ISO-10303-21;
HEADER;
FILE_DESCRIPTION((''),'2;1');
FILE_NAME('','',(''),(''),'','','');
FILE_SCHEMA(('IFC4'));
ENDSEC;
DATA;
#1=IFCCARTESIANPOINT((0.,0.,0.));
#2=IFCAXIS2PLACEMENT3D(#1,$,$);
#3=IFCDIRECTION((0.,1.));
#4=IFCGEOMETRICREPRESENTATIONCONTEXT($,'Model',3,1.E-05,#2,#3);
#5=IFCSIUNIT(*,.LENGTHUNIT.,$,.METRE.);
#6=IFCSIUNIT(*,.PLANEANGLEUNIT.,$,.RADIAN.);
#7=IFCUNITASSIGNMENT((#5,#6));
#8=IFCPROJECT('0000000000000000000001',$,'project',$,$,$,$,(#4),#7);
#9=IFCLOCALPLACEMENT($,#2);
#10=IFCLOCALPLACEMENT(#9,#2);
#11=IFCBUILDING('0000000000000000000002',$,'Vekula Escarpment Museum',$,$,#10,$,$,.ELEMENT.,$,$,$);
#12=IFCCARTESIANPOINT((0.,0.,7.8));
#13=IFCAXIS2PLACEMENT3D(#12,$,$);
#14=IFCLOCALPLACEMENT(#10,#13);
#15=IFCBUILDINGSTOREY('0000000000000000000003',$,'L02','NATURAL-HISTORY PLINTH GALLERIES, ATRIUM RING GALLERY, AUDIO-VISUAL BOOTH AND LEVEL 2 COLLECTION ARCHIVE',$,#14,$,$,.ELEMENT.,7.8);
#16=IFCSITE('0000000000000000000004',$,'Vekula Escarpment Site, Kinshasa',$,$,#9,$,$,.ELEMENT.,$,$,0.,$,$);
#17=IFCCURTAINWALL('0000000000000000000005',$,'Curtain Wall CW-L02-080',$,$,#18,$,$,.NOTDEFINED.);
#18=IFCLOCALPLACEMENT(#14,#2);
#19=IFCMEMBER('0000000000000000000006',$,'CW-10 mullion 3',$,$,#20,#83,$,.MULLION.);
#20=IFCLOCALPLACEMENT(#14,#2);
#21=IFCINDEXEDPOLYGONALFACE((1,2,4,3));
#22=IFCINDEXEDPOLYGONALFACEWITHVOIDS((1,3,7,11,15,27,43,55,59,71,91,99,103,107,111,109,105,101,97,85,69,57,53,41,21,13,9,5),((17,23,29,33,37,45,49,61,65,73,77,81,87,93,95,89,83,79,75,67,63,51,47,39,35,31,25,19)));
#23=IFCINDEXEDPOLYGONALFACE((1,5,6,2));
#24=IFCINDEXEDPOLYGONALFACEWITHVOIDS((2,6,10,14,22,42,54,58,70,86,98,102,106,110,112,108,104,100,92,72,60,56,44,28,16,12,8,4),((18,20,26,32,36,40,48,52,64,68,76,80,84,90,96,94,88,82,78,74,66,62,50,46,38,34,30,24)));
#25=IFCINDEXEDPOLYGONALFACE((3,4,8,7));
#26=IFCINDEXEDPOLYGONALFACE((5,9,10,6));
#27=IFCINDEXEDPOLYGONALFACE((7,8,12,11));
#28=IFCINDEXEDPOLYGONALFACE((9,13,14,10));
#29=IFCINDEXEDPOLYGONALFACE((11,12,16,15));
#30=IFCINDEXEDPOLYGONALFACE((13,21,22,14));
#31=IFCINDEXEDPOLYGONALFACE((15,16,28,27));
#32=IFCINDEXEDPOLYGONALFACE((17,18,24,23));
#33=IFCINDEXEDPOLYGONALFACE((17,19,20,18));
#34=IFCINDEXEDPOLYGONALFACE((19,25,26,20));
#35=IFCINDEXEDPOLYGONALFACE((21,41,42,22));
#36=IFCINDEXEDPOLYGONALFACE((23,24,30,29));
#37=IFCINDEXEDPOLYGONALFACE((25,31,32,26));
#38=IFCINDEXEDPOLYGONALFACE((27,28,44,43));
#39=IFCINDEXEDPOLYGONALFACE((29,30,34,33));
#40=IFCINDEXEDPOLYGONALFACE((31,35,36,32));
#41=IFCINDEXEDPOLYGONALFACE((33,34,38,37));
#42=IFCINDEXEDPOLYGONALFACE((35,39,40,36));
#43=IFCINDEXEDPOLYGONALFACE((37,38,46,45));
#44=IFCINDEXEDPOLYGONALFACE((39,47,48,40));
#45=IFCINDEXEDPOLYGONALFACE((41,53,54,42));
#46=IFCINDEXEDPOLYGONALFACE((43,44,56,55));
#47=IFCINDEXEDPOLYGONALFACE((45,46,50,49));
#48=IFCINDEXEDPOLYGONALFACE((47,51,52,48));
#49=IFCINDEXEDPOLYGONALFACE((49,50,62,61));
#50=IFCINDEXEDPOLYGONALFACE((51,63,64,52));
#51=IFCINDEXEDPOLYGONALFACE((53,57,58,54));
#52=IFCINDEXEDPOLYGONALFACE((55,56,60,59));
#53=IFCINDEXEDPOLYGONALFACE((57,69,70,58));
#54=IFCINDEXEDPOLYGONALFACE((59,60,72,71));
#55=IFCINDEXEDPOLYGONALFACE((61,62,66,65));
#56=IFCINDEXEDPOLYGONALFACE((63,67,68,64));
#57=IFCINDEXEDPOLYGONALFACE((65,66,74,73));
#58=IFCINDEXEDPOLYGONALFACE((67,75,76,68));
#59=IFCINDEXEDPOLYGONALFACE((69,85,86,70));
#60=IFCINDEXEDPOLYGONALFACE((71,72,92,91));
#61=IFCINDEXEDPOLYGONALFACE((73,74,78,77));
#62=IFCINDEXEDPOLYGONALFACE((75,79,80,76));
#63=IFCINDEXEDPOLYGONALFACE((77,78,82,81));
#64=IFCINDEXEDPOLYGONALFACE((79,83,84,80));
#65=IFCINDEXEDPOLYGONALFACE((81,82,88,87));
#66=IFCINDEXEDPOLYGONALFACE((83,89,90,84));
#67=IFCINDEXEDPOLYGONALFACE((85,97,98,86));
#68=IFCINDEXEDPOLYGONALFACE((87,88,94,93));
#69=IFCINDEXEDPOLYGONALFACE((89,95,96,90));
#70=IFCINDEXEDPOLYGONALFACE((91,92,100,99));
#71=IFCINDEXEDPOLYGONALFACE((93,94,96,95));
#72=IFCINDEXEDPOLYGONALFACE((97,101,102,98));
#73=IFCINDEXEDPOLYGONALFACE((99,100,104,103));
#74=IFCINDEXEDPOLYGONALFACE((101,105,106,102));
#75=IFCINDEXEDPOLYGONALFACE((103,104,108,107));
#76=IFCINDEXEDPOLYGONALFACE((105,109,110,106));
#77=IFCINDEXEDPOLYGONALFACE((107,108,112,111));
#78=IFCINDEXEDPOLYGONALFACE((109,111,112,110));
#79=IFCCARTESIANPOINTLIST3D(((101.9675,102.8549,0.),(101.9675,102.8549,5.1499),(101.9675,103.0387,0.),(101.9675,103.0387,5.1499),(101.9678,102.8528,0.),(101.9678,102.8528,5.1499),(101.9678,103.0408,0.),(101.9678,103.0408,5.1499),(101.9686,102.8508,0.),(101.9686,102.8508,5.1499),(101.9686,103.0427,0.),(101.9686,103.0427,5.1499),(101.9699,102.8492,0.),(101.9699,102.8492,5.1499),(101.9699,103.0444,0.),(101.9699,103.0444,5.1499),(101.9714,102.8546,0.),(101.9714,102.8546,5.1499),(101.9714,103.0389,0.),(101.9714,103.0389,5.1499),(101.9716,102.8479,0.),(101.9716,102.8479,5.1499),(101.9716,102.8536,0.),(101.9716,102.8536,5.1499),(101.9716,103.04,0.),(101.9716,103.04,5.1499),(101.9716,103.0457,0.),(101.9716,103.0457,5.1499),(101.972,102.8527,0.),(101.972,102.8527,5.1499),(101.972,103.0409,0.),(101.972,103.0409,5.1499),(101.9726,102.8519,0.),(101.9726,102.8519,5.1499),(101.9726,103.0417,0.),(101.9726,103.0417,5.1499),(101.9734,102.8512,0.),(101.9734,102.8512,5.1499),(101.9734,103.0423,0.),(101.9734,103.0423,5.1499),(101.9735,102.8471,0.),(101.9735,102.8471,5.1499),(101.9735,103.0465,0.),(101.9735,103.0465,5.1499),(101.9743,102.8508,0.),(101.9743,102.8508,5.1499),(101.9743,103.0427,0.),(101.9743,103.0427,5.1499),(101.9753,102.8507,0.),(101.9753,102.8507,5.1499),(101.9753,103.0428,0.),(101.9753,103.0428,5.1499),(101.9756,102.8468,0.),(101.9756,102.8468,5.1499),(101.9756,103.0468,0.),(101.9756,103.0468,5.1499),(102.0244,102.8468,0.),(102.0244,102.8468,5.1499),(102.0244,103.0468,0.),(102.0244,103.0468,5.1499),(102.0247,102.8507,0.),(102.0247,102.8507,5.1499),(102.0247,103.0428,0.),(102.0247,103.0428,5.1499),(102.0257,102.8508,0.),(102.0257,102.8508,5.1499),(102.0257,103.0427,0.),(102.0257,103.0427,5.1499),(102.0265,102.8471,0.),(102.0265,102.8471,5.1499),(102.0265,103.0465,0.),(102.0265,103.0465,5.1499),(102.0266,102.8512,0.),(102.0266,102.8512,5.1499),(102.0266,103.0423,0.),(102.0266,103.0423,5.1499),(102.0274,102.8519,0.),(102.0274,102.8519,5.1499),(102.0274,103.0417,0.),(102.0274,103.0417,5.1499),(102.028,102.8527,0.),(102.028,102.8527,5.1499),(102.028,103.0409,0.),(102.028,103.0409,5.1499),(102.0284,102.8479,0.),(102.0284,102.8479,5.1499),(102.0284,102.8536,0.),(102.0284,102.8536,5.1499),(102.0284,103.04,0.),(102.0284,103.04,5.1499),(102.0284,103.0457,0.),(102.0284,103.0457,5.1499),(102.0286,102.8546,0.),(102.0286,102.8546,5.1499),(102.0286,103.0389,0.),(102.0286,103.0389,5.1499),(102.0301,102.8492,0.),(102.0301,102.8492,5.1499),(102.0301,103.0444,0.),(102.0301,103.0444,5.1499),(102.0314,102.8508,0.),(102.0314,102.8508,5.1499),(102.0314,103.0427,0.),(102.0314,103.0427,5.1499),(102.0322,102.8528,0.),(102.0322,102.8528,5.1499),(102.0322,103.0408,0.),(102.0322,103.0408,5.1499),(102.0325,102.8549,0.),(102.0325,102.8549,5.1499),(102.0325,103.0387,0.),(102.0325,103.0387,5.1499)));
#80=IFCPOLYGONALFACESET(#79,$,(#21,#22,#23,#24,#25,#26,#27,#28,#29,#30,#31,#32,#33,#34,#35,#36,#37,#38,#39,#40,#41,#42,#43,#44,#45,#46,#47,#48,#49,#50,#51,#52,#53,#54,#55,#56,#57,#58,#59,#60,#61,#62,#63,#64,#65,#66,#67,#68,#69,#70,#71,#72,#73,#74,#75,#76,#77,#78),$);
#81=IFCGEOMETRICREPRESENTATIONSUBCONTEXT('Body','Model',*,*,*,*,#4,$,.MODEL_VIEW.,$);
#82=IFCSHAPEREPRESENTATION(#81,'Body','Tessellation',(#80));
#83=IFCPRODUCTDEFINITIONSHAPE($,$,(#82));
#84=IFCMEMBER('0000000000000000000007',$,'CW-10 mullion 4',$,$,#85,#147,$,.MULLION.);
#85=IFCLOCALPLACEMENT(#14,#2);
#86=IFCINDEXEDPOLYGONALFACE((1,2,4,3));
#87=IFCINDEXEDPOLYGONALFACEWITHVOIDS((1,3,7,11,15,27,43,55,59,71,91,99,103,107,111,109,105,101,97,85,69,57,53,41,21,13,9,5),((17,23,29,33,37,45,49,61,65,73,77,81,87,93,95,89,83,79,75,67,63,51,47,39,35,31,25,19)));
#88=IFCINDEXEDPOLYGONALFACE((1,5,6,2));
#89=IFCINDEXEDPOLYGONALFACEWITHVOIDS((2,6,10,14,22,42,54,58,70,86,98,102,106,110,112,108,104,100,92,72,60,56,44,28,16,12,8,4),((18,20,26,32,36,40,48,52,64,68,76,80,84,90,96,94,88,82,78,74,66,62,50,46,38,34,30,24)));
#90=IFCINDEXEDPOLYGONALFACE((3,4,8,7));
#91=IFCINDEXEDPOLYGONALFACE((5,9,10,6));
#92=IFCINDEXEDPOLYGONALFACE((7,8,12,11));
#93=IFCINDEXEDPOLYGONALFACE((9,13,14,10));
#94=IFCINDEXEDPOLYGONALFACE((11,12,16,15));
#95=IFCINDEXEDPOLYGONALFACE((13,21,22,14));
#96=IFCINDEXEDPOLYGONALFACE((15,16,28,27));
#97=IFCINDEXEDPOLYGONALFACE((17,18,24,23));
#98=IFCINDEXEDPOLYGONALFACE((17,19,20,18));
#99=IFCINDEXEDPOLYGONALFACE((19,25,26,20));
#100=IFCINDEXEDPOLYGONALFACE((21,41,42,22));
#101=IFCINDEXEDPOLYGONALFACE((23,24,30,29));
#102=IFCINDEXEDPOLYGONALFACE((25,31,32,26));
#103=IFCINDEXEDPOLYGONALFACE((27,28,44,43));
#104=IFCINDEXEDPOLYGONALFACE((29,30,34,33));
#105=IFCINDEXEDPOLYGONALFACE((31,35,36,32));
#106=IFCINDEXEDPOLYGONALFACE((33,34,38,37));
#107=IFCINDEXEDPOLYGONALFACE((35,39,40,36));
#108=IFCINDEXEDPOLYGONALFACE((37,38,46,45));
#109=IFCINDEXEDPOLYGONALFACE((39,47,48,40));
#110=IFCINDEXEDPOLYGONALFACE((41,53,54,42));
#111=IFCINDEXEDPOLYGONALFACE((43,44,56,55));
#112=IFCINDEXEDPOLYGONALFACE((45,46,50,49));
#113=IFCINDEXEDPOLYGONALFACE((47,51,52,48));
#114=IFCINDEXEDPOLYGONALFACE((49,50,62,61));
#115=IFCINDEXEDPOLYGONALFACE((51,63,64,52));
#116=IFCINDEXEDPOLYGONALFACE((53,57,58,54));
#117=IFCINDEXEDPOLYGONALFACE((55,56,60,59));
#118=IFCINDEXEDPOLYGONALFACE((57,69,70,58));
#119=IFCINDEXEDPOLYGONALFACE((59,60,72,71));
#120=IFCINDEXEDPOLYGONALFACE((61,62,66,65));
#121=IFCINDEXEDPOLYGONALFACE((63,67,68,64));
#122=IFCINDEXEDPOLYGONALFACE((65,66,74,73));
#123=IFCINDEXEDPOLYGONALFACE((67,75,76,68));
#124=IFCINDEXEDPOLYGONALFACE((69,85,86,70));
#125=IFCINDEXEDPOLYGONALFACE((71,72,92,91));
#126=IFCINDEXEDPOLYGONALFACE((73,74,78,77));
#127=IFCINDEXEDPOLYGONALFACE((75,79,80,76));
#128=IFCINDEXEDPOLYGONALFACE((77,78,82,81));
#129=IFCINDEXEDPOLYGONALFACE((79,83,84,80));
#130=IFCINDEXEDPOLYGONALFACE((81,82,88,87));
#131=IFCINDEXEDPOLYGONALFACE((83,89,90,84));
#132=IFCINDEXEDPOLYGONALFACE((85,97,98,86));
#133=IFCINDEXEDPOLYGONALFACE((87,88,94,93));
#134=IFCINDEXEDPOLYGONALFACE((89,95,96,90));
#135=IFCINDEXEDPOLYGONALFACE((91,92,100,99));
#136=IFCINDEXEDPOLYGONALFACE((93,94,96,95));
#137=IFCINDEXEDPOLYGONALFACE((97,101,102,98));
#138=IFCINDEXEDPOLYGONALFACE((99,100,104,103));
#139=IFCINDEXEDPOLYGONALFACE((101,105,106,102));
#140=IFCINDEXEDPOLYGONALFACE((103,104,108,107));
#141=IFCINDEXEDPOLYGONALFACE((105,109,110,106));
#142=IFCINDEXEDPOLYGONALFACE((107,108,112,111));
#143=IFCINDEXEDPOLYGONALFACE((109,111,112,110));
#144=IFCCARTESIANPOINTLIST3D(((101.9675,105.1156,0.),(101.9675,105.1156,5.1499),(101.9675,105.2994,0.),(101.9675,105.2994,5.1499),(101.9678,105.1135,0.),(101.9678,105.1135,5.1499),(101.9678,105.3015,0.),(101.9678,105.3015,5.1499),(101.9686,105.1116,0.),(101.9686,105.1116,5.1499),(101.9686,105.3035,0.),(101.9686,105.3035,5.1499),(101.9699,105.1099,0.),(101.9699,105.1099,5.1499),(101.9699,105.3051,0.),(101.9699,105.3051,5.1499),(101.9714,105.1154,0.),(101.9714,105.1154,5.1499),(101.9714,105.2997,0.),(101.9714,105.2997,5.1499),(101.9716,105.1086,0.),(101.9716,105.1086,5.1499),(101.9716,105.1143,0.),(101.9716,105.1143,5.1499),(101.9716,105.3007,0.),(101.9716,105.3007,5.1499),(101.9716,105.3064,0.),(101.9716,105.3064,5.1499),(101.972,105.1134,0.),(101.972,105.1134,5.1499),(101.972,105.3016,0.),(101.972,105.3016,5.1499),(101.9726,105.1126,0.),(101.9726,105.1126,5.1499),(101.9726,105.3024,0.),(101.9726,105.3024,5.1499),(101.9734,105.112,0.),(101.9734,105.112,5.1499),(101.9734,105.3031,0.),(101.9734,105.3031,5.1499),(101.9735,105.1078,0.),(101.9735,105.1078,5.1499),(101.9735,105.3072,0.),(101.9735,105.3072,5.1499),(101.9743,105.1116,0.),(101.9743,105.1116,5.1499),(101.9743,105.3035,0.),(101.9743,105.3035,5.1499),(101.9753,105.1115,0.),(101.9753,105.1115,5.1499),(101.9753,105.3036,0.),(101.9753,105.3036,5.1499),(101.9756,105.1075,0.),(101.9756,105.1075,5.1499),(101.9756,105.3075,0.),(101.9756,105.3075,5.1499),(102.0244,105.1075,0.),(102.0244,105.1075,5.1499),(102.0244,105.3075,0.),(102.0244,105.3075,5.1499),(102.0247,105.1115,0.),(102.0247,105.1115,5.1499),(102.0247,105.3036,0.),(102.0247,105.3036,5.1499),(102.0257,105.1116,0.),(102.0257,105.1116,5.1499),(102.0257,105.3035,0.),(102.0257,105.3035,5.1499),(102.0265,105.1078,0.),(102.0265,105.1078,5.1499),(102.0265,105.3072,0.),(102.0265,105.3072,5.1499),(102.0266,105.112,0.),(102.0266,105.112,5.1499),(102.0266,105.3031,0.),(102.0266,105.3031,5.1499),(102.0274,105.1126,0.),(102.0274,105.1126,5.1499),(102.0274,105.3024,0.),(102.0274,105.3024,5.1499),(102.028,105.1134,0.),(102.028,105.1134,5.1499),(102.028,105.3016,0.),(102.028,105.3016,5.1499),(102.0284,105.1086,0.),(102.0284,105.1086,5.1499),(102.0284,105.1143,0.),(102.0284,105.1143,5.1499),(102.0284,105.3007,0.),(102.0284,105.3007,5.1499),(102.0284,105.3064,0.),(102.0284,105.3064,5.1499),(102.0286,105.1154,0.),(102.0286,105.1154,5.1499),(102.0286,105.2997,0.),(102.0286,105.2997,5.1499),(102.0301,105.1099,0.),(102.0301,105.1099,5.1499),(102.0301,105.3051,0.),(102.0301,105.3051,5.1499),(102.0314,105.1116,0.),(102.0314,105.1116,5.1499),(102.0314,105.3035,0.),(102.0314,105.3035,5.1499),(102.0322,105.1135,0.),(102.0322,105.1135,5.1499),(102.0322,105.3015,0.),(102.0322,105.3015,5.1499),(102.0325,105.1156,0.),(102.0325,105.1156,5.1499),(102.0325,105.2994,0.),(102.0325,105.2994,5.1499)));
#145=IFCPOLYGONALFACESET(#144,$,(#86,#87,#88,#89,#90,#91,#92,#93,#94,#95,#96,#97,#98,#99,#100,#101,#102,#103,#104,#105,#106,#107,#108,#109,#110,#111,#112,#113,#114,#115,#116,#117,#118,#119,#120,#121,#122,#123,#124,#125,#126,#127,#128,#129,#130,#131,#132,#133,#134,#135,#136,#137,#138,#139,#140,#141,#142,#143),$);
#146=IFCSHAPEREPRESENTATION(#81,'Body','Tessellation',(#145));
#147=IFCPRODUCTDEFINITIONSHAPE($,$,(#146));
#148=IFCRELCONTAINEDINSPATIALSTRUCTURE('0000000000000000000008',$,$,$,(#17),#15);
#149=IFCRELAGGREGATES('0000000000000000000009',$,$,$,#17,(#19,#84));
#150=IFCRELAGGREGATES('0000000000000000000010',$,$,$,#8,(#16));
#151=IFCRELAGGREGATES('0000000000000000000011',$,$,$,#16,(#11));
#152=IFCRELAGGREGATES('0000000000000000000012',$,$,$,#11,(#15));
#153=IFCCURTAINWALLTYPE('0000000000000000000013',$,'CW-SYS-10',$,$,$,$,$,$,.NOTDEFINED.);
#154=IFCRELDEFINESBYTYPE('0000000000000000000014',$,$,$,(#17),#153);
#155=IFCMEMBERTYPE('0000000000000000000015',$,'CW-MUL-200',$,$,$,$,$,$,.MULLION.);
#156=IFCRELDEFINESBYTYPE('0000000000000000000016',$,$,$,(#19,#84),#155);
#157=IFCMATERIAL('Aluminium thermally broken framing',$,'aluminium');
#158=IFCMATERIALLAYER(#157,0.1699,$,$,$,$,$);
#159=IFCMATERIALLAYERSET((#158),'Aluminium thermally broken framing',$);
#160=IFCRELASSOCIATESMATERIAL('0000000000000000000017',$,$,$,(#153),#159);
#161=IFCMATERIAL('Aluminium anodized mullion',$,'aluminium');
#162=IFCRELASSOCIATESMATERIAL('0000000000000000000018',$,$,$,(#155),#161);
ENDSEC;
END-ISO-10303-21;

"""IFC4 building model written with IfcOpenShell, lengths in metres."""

from ifc_helpers import new_model, si_unit, direction, frame, origin, origin_2d, place, context, subcontext, project, spatial, hollow_rectangle, extrude, material, layer, layer_set, material_profile, profile_set, type_object, element, aggregate, save


model = new_model("IFC4")

# Units and contexts
model_context = context("Model", 3, precision=1e-05, world=origin(), true_north=direction((0.0, 1.0)))
body_context = subcontext(model_context, "Body", "Model", "MODEL_VIEW")
ifc_project = project(units=[si_unit("LENGTHUNIT", "METRE"), si_unit("PLANEANGLEUNIT", "RADIAN")], contexts=[model_context])

# Site, building, storey
site_placement = place(None, origin())
site = spatial("IfcSite", under=ifc_project, at=site_placement, Name="Vekula Escarpment Site, Kinshasa", CompositionType="ELEMENT", RefElevation=0.0)
building_placement = place(site_placement, origin())
building = spatial("IfcBuilding", under=site, at=building_placement, Name="Vekula Escarpment Museum", CompositionType="ELEMENT")
storey_placement = place(building_placement, frame((0.0, 0.0, 7.8)))
storey = spatial("IfcBuildingStorey", under=building, at=storey_placement, Name="L02", Description="NATURAL-HISTORY PLINTH GALLERIES, ATRIUM RING GALLERY, AUDIO-VISUAL BOOTH AND LEVEL 2 COLLECTION ARCHIVE", CompositionType="ELEMENT", Elevation=7.8)

# Curtain wall, members
ifc_material_1 = material(Name="Aluminium thermally broken framing", Category="aluminium")
ifc_layer_1 = layer(ifc_material_1, 0.1699)
ifc_layer_set_1 = layer_set([ifc_layer_1], Name="Aluminium thermally broken framing")
curtain_wall_type_1 = type_object("IfcCurtainWallType", Name="CW-SYS-10", PredefinedType="NOTDEFINED", material=ifc_layer_set_1)
curtain_wall_1_placement = place(storey_placement, origin())
curtain_wall_1 = element("IfcCurtainWall", 1, at=curtain_wall_1_placement, inside=storey, type_object=curtain_wall_type_1, Name="Curtain Wall CW-L02-080", PredefinedType="NOTDEFINED")
ifc_material_2 = material(Name="Aluminium anodized mullion", Category="aluminium")
ifc_material_profile_1 = material_profile(ifc_material_2, hollow_rectangle(XDim=0.0649, YDim=0.2, WallThickness=0.0039, InnerFilletRadius=0.0039, OuterFilletRadius=0.0081, at=origin_2d()), Name="ALU 200x65x4")
ifc_profile_set_1 = profile_set([ifc_material_profile_1], Name="Aluminium anodized mullion")
member_type_1 = type_object("IfcMemberType", Name="CW-MUL-200", PredefinedType="MULLION", material=ifc_profile_set_1)
member_1_placement = place(storey_placement, frame((102.0, 102.9468, 0.0), z_axis=(0.0, 0.0, 1.0), x_axis=(-1.0, 0.0, 0.0)))
member_1 = element("IfcMember", 2, at=member_1_placement, type_object=member_type_1, Name="CW-10 mullion 3", PredefinedType="MULLION", context=body_context, shape_type="SweptSolid", body=[
    extrude(hollow_rectangle(XDim=0.0649, YDim=0.2, WallThickness=0.0039, InnerFilletRadius=0.0039, OuterFilletRadius=0.0081, at=origin_2d()), origin(), (0.0, 0.0, 1.0), 5.1499),
])
member_2_placement = place(storey_placement, frame((102.0, 105.2075, 0.0), z_axis=(0.0, 0.0, 1.0), x_axis=(-1.0, 0.0, 0.0)))
member_2 = element("IfcMember", 3, at=member_2_placement, type_object=member_type_1, Name="CW-10 mullion 4", PredefinedType="MULLION", context=body_context, shape_type="SweptSolid", body=[
    extrude(hollow_rectangle(XDim=0.0649, YDim=0.2, WallThickness=0.0039, InnerFilletRadius=0.0039, OuterFilletRadius=0.0081, at=origin_2d()), origin(), (0.0, 0.0, 1.0), 5.1499),
])

aggregate(curtain_wall_1, [member_1, member_2])

save(model, "model.ifc")
